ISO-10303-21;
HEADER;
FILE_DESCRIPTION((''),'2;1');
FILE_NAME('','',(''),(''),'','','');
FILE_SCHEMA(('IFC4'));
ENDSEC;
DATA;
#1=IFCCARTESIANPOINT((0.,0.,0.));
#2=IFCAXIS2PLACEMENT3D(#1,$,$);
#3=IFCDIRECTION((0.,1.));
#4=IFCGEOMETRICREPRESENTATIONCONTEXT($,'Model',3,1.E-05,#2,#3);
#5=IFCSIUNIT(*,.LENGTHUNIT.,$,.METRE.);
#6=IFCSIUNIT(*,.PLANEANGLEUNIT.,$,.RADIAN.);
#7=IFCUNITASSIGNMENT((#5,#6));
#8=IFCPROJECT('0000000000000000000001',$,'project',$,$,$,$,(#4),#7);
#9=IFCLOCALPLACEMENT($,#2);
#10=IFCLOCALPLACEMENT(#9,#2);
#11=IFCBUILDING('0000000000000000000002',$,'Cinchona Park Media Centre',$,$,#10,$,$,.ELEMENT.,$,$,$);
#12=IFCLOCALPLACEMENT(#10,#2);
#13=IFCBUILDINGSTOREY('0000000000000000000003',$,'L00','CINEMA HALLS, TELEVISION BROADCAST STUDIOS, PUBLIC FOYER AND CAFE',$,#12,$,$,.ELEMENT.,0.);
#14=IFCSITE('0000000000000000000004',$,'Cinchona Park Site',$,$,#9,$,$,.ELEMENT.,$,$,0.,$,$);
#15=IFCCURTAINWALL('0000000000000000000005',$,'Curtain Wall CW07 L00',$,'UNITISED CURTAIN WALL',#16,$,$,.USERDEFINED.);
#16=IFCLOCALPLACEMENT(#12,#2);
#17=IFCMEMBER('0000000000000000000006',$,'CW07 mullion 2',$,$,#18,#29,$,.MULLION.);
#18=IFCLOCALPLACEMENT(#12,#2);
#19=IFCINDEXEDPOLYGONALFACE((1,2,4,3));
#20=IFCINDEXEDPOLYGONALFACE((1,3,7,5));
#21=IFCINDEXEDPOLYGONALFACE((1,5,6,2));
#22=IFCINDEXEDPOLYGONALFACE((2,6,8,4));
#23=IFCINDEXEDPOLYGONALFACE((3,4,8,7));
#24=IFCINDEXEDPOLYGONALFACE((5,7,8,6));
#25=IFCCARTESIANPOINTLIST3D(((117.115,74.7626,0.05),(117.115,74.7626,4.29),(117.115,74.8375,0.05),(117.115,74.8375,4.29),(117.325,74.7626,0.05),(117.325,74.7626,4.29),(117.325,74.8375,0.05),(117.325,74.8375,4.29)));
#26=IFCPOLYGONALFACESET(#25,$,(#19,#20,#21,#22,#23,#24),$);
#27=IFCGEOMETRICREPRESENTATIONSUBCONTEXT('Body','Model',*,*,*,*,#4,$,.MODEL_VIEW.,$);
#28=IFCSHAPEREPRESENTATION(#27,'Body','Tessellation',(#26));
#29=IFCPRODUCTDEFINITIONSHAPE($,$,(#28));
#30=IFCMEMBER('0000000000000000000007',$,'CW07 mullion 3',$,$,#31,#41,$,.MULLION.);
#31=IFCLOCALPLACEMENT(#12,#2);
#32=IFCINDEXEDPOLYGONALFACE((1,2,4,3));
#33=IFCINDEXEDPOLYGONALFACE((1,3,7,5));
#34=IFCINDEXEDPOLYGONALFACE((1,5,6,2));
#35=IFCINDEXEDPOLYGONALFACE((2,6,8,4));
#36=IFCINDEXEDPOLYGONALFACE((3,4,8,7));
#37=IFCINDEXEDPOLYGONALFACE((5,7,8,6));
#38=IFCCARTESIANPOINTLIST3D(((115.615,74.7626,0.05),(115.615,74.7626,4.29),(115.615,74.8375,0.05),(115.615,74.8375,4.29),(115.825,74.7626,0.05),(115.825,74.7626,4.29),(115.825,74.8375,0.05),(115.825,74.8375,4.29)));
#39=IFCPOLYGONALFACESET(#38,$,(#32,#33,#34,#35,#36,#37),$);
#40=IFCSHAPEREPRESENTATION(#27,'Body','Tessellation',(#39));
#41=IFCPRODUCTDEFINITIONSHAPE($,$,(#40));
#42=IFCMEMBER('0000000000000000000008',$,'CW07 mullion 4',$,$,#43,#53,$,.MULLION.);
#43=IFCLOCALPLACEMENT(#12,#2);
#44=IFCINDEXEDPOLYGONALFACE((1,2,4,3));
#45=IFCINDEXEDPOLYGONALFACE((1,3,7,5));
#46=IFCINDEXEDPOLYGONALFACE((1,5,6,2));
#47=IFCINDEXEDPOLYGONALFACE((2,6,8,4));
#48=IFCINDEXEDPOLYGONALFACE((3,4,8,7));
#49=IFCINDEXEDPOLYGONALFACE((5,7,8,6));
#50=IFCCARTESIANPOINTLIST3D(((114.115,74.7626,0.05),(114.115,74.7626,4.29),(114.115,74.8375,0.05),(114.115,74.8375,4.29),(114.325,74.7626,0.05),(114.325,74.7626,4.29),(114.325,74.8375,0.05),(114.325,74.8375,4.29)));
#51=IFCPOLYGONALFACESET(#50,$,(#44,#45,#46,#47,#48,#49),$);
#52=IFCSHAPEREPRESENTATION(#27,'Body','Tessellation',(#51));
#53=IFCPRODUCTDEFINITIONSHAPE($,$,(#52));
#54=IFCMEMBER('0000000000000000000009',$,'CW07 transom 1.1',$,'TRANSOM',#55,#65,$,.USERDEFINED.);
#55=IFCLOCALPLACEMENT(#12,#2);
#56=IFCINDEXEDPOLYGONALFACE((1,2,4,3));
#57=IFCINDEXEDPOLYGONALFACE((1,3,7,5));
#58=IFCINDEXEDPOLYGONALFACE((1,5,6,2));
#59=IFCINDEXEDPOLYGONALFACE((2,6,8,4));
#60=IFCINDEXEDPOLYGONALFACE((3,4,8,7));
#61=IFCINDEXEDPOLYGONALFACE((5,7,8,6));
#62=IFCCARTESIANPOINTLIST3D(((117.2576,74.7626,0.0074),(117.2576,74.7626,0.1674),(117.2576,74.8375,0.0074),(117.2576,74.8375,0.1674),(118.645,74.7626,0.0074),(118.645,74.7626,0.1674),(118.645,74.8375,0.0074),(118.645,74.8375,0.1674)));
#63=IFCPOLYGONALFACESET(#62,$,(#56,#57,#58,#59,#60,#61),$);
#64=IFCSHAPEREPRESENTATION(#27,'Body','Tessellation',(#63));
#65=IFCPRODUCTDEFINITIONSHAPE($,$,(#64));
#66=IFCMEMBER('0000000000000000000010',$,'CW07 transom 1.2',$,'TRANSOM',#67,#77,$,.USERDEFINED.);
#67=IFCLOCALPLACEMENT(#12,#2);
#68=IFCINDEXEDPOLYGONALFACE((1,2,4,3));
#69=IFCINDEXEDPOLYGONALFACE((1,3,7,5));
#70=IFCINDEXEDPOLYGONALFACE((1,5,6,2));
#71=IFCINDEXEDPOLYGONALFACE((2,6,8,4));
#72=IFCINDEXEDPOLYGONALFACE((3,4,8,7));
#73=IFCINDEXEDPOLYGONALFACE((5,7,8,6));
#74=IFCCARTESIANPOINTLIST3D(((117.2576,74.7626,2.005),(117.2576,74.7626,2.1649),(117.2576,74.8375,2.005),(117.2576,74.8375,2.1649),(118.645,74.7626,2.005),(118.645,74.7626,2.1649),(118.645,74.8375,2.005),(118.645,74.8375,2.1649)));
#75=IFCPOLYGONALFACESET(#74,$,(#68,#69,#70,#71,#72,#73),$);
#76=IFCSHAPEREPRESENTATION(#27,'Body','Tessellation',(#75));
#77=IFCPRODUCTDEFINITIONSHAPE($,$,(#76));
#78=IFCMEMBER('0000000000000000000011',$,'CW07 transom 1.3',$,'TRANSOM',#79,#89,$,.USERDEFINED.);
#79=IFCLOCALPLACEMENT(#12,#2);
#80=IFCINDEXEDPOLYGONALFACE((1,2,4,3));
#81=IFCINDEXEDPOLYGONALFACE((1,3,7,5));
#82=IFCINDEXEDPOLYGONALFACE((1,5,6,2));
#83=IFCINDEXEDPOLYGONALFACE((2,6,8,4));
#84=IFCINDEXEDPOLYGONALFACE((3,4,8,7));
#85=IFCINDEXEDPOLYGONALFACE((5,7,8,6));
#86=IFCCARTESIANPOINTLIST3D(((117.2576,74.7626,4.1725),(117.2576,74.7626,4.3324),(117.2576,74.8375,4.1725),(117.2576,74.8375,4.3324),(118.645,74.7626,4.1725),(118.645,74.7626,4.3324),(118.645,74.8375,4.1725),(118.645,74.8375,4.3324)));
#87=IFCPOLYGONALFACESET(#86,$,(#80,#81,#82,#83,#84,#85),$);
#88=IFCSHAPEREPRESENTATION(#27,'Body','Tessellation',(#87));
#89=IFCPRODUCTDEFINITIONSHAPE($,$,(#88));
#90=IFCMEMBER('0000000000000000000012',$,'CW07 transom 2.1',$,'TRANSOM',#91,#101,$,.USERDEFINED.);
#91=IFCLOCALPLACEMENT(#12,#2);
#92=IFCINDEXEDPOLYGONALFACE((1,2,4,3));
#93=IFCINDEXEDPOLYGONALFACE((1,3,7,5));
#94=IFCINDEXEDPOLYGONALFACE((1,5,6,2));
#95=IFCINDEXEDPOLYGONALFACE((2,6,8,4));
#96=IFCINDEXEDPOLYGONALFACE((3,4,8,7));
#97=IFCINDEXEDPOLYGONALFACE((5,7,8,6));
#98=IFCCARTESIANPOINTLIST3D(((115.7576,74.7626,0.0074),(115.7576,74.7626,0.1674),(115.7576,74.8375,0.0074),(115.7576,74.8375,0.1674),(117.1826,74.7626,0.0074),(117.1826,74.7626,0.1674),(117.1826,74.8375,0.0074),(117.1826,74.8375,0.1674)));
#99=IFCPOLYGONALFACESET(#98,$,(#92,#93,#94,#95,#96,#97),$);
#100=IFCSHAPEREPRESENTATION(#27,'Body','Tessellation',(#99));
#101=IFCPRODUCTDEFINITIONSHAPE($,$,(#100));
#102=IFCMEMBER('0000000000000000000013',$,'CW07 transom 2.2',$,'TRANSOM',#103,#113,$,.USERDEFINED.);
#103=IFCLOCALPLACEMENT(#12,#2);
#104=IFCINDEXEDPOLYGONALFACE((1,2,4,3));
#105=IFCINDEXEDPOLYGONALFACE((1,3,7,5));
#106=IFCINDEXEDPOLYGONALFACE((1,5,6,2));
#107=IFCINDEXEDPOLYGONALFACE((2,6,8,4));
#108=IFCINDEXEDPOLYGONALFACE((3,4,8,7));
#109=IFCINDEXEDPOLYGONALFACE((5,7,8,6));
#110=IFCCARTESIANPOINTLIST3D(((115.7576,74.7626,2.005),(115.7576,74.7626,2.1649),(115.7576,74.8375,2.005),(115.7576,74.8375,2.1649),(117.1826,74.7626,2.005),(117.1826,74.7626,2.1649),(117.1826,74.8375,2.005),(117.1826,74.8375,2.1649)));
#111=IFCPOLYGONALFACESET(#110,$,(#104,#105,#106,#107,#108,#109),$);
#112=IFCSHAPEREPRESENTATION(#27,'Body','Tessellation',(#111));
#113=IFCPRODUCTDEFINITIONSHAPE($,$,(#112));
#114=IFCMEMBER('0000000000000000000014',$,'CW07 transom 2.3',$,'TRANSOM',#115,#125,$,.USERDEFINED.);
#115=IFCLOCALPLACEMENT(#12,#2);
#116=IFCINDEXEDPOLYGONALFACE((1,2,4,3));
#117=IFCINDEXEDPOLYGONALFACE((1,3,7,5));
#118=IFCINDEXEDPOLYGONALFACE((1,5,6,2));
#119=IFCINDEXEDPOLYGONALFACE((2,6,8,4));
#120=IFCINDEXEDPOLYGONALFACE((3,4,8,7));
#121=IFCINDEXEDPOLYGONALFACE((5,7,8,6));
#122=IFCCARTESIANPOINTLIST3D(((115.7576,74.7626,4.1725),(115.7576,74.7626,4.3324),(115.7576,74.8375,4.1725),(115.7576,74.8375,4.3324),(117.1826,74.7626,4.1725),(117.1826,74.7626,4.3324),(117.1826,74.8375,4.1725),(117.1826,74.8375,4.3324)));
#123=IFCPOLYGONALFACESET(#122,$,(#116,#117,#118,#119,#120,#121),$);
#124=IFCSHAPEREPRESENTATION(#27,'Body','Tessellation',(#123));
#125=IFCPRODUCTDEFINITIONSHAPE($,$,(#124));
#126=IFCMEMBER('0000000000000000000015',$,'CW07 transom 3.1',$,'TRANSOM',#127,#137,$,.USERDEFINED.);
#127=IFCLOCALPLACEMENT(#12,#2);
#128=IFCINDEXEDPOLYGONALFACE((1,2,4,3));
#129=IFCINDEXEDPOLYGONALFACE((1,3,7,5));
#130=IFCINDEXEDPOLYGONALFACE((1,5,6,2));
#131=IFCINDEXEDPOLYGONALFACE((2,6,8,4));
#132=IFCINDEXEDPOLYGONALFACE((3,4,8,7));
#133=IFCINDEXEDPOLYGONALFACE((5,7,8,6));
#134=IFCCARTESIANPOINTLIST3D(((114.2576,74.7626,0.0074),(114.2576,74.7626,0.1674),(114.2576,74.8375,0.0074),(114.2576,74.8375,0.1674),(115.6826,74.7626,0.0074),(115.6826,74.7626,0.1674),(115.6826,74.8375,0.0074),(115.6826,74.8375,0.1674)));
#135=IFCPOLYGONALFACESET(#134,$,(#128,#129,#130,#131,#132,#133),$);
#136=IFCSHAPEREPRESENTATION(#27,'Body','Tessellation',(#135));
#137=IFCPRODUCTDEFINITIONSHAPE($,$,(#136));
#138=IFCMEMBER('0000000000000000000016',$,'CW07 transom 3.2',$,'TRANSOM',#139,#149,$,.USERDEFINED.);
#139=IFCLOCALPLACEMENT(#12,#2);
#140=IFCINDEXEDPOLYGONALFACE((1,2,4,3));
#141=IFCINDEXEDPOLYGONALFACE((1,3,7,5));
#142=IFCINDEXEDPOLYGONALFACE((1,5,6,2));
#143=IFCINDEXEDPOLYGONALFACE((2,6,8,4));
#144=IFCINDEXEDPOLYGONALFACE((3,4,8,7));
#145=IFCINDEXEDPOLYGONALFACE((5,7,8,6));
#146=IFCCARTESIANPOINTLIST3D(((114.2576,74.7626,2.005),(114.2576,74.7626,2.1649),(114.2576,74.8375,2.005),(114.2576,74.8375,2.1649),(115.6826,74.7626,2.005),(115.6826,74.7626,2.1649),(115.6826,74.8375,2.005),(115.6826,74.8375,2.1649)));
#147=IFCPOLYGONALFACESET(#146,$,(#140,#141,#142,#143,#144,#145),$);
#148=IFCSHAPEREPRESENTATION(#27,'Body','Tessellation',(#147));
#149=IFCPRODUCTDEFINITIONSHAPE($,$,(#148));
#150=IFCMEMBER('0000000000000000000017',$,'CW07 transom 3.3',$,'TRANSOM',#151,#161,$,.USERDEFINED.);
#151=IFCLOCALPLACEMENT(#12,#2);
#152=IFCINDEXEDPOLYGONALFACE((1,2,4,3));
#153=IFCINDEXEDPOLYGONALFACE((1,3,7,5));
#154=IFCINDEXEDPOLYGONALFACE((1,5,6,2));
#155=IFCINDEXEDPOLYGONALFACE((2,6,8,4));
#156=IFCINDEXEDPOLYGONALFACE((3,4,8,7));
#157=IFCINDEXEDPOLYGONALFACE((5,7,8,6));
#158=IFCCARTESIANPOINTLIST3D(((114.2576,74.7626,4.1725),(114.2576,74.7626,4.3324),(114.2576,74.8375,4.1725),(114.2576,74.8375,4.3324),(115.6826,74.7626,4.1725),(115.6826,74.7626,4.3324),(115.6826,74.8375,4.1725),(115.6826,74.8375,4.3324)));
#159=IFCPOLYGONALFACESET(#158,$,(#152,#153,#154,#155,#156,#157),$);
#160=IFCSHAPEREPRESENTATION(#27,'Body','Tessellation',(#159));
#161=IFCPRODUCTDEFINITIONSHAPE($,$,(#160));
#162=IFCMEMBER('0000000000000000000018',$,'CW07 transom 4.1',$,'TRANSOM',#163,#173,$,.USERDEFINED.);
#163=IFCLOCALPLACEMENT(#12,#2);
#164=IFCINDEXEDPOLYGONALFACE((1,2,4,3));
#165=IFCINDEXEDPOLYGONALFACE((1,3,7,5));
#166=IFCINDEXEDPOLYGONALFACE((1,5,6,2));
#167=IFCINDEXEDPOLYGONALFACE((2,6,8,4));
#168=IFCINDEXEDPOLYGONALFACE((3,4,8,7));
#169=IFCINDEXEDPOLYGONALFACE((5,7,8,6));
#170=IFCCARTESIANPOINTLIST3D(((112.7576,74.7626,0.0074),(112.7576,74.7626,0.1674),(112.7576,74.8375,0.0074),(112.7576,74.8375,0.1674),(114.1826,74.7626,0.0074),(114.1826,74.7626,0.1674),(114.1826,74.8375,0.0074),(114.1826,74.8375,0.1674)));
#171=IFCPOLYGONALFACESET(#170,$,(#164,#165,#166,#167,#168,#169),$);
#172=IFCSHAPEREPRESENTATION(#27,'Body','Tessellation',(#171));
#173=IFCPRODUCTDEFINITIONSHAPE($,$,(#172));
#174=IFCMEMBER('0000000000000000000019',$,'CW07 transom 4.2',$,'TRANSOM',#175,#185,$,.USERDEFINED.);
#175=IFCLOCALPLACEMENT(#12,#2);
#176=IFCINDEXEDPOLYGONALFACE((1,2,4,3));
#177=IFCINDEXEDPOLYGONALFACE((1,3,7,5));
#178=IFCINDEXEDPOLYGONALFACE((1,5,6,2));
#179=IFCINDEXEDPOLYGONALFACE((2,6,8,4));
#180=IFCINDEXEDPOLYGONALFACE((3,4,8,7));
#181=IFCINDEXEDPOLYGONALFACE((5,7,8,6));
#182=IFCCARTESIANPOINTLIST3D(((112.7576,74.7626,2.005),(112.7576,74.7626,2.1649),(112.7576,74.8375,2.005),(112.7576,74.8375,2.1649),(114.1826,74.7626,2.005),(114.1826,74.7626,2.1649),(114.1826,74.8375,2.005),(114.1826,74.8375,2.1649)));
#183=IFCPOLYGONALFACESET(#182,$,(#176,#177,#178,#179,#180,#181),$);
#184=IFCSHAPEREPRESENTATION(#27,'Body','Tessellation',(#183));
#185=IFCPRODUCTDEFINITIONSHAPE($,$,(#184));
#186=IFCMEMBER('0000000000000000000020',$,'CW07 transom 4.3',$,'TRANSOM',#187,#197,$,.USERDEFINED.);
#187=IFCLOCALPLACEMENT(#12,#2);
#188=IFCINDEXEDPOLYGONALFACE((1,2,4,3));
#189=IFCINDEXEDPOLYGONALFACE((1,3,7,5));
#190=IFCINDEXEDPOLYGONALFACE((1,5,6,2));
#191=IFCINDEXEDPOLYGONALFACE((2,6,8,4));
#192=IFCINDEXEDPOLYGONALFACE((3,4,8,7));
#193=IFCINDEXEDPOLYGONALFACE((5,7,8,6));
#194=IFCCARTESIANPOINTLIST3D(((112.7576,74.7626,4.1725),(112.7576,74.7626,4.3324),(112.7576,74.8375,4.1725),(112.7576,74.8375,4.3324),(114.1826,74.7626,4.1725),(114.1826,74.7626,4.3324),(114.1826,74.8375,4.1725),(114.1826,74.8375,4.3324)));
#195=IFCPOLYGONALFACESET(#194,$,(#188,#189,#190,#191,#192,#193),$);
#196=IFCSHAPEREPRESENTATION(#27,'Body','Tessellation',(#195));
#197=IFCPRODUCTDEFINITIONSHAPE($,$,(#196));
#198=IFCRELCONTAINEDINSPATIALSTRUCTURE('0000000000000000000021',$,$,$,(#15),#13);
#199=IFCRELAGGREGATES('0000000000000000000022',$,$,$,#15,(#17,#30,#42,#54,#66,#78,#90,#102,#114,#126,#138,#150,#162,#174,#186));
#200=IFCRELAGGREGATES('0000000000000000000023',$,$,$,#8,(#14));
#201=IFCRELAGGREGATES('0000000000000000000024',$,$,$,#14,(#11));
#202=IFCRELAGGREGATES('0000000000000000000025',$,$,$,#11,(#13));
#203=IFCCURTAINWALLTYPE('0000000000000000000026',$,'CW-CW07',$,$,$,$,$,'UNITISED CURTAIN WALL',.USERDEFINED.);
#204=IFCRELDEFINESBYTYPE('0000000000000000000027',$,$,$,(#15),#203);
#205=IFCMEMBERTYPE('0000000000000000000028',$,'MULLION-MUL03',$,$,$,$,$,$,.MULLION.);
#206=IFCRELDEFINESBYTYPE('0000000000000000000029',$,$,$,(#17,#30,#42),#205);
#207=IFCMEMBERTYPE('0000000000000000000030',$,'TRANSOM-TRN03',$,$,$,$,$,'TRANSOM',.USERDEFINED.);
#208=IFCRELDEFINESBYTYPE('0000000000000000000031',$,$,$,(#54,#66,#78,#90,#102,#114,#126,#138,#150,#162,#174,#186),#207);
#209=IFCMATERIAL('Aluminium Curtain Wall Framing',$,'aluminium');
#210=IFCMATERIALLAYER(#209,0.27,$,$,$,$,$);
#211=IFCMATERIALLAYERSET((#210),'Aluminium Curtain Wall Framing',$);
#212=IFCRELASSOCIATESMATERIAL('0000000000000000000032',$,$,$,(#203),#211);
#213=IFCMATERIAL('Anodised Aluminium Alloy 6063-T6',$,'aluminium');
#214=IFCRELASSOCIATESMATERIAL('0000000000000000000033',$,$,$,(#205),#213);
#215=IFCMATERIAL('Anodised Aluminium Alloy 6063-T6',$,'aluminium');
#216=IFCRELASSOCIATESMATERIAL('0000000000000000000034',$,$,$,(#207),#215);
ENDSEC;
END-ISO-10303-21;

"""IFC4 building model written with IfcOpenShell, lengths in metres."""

from ifc_helpers import new_model, si_unit, direction, frame, origin, origin_2d, place, context, subcontext, project, spatial, rectangle, extrude, material, layer, layer_set, material_profile, profile_set, type_object, element, aggregate, save


model = new_model("IFC4")

# Units and contexts
model_context = context("Model", 3, precision=1e-05, world=origin(), true_north=direction((0.0, 1.0)))
body_context = subcontext(model_context, "Body", "Model", "MODEL_VIEW")
ifc_project = project(units=[si_unit("LENGTHUNIT", "METRE"), si_unit("PLANEANGLEUNIT", "RADIAN")], contexts=[model_context])

# Site, building, storey
site_placement = place(None, origin())
site = spatial("IfcSite", under=ifc_project, at=site_placement, Name="Cinchona Park Site", CompositionType="ELEMENT", RefElevation=0.0)
building_placement = place(site_placement, origin())
building = spatial("IfcBuilding", under=site, at=building_placement, Name="Cinchona Park Media Centre", CompositionType="ELEMENT")
storey_placement = place(building_placement, origin())
storey = spatial("IfcBuildingStorey", under=building, at=storey_placement, Name="L00", Description="CINEMA HALLS, TELEVISION BROADCAST STUDIOS, PUBLIC FOYER AND CAFE", CompositionType="ELEMENT", Elevation=0.0)

# Curtain wall, members
ifc_material_1 = material(Name="Aluminium Curtain Wall Framing", Category="aluminium")
ifc_layer_1 = layer(ifc_material_1, 0.27)
ifc_layer_set_1 = layer_set([ifc_layer_1], Name="Aluminium Curtain Wall Framing")
curtain_wall_type = type_object("IfcCurtainWallType", Name="CW-CW07", ElementType="UNITISED CURTAIN WALL", PredefinedType="USERDEFINED", material=ifc_layer_set_1)
curtain_wall_placement = place(storey_placement, origin())
curtain_wall = element("IfcCurtainWall", 1, at=curtain_wall_placement, inside=storey, type_object=curtain_wall_type, Name="Curtain Wall CW07 L00", ObjectType="UNITISED CURTAIN WALL", PredefinedType="USERDEFINED")
ifc_material_2 = material(Name="Anodised Aluminium Alloy 6063-T6", Category="aluminium")
ifc_material_profile_1 = material_profile(ifc_material_2, rectangle(XDim=0.075, YDim=0.21, at=origin_2d()), Name="MUL-75X210")
ifc_profile_set_1 = profile_set([ifc_material_profile_1], Name="Anodised Aluminium Alloy 6063-T6")
member_type_1 = type_object("IfcMemberType", Name="MULLION-MUL03", PredefinedType="MULLION", material=ifc_profile_set_1)
member_1_placement = place(storey_placement, frame((117.22, 74.8, 0.05), z_axis=(0.0, 0.0, 1.0), x_axis=(0.0, -1.0, 0.0)))
member_1 = element("IfcMember", 2, at=member_1_placement, type_object=member_type_1, Name="CW07 mullion 2", PredefinedType="MULLION", context=body_context, shape_type="SweptSolid", body=[
    extrude(rectangle(XDim=0.075, YDim=0.21, at=origin_2d()), origin(), (0.0, 0.0, 1.0), 4.24),
])
member_2_placement = place(storey_placement, frame((115.72, 74.8, 0.05), z_axis=(0.0, 0.0, 1.0), x_axis=(0.0, -1.0, 0.0)))
member_2 = element("IfcMember", 3, at=member_2_placement, type_object=member_type_1, Name="CW07 mullion 3", PredefinedType="MULLION", context=body_context, shape_type="SweptSolid", body=[
    extrude(rectangle(XDim=0.075, YDim=0.21, at=origin_2d()), origin(), (0.0, 0.0, 1.0), 4.24),
])
member_3_placement = place(storey_placement, frame((114.22, 74.8, 0.05), z_axis=(0.0, 0.0, 1.0), x_axis=(0.0, -1.0, 0.0)))
member_3 = element("IfcMember", 4, at=member_3_placement, type_object=member_type_1, Name="CW07 mullion 4", PredefinedType="MULLION", context=body_context, shape_type="SweptSolid", body=[
    extrude(rectangle(XDim=0.075, YDim=0.21, at=origin_2d()), origin(), (0.0, 0.0, 1.0), 4.24),
])
ifc_material_3 = material(Name="Anodised Aluminium Alloy 6063-T6", Category="aluminium")
ifc_material_profile_2 = material_profile(ifc_material_3, rectangle(XDim=0.075, YDim=0.1599, at=origin_2d()), Name="TRN-75X160")
ifc_profile_set_2 = profile_set([ifc_material_profile_2], Name="Anodised Aluminium Alloy 6063-T6")
member_type_2 = type_object("IfcMemberType", Name="TRANSOM-TRN03", ElementType="TRANSOM", PredefinedType="USERDEFINED", material=ifc_profile_set_2)
member_4_placement = place(storey_placement, frame((118.645, 74.8, 0.0874), z_axis=(-1.0, 0.0, 0.0), x_axis=(0.0, -1.0, 0.0)))
member_4 = element("IfcMember", 5, at=member_4_placement, type_object=member_type_2, Name="CW07 transom 1.1", ObjectType="TRANSOM", PredefinedType="USERDEFINED", context=body_context, shape_type="SweptSolid", body=[
    extrude(rectangle(XDim=0.075, YDim=0.1599, at=origin_2d()), origin(), (0.0, 0.0, 1.0), 1.3875),
])
member_5_placement = place(storey_placement, frame((118.645, 74.8, 2.085), z_axis=(-1.0, 0.0, 0.0), x_axis=(0.0, -1.0, 0.0)))
member_5 = element("IfcMember", 6, at=member_5_placement, type_object=member_type_2, Name="CW07 transom 1.2", ObjectType="TRANSOM", PredefinedType="USERDEFINED", context=body_context, shape_type="SweptSolid", body=[
    extrude(rectangle(XDim=0.075, YDim=0.1599, at=origin_2d()), origin(), (0.0, 0.0, 1.0), 1.3875),
])
member_6_placement = place(storey_placement, frame((118.645, 74.8, 4.2524), z_axis=(-1.0, 0.0, 0.0), x_axis=(0.0, -1.0, 0.0)))
member_6 = element("IfcMember", 7, at=member_6_placement, type_object=member_type_2, Name="CW07 transom 1.3", ObjectType="TRANSOM", PredefinedType="USERDEFINED", context=body_context, shape_type="SweptSolid", body=[
    extrude(rectangle(XDim=0.075, YDim=0.1599, at=origin_2d()), origin(), (0.0, 0.0, 1.0), 1.3875),
])
member_7_placement = place(storey_placement, frame((117.1826, 74.8, 0.0874), z_axis=(-1.0, 0.0, 0.0), x_axis=(0.0, -1.0, 0.0)))
member_7 = element("IfcMember", 8, at=member_7_placement, type_object=member_type_2, Name="CW07 transom 2.1", ObjectType="TRANSOM", PredefinedType="USERDEFINED", context=body_context, shape_type="SweptSolid", body=[
    extrude(rectangle(XDim=0.075, YDim=0.1599, at=origin_2d()), origin(), (0.0, 0.0, 1.0), 1.425),
])
member_8_placement = place(storey_placement, frame((117.1826, 74.8, 2.085), z_axis=(-1.0, 0.0, 0.0), x_axis=(0.0, -1.0, 0.0)))
member_8 = element("IfcMember", 9, at=member_8_placement, type_object=member_type_2, Name="CW07 transom 2.2", ObjectType="TRANSOM", PredefinedType="USERDEFINED", context=body_context, shape_type="SweptSolid", body=[
    extrude(rectangle(XDim=0.075, YDim=0.1599, at=origin_2d()), origin(), (0.0, 0.0, 1.0), 1.425),
])
member_9_placement = place(storey_placement, frame((117.1826, 74.8, 4.2524), z_axis=(-1.0, 0.0, 0.0), x_axis=(0.0, -1.0, 0.0)))
member_9 = element("IfcMember", 10, at=member_9_placement, type_object=member_type_2, Name="CW07 transom 2.3", ObjectType="TRANSOM", PredefinedType="USERDEFINED", context=body_context, shape_type="SweptSolid", body=[
    extrude(rectangle(XDim=0.075, YDim=0.1599, at=origin_2d()), origin(), (0.0, 0.0, 1.0), 1.425),
])
member_10_placement = place(storey_placement, frame((115.6826, 74.8, 0.0874), z_axis=(-1.0, 0.0, 0.0), x_axis=(0.0, -1.0, 0.0)))
member_10 = element("IfcMember", 11, at=member_10_placement, type_object=member_type_2, Name="CW07 transom 3.1", ObjectType="TRANSOM", PredefinedType="USERDEFINED", context=body_context, shape_type="SweptSolid", body=[
    extrude(rectangle(XDim=0.075, YDim=0.1599, at=origin_2d()), origin(), (0.0, 0.0, 1.0), 1.425),
])
member_11_placement = place(storey_placement, frame((115.6826, 74.8, 2.085), z_axis=(-1.0, 0.0, 0.0), x_axis=(0.0, -1.0, 0.0)))
member_11 = element("IfcMember", 12, at=member_11_placement, type_object=member_type_2, Name="CW07 transom 3.2", ObjectType="TRANSOM", PredefinedType="USERDEFINED", context=body_context, shape_type="SweptSolid", body=[
    extrude(rectangle(XDim=0.075, YDim=0.1599, at=origin_2d()), origin(), (0.0, 0.0, 1.0), 1.425),
])
member_12_placement = place(storey_placement, frame((115.6826, 74.8, 4.2524), z_axis=(-1.0, 0.0, 0.0), x_axis=(0.0, -1.0, 0.0)))
member_12 = element("IfcMember", 13, at=member_12_placement, type_object=member_type_2, Name="CW07 transom 3.3", ObjectType="TRANSOM", PredefinedType="USERDEFINED", context=body_context, shape_type="SweptSolid", body=[
    extrude(rectangle(XDim=0.075, YDim=0.1599, at=origin_2d()), origin(), (0.0, 0.0, 1.0), 1.425),
])
member_13_placement = place(storey_placement, frame((114.1826, 74.8, 0.0874), z_axis=(-1.0, 0.0, 0.0), x_axis=(0.0, -1.0, 0.0)))
member_13 = element("IfcMember", 14, at=member_13_placement, type_object=member_type_2, Name="CW07 transom 4.1", ObjectType="TRANSOM", PredefinedType="USERDEFINED", context=body_context, shape_type="SweptSolid", body=[
    extrude(rectangle(XDim=0.075, YDim=0.1599, at=origin_2d()), origin(), (0.0, 0.0, 1.0), 1.425),
])
member_14_placement = place(storey_placement, frame((114.1826, 74.8, 2.085), z_axis=(-1.0, 0.0, 0.0), x_axis=(0.0, -1.0, 0.0)))
member_14 = element("IfcMember", 15, at=member_14_placement, type_object=member_type_2, Name="CW07 transom 4.2", ObjectType="TRANSOM", PredefinedType="USERDEFINED", context=body_context, shape_type="SweptSolid", body=[
    extrude(rectangle(XDim=0.075, YDim=0.1599, at=origin_2d()), origin(), (0.0, 0.0, 1.0), 1.425),
])
member_15_placement = place(storey_placement, frame((114.1826, 74.8, 4.2524), z_axis=(-1.0, 0.0, 0.0), x_axis=(0.0, -1.0, 0.0)))
member_15 = element("IfcMember", 16, at=member_15_placement, type_object=member_type_2, Name="CW07 transom 4.3", ObjectType="TRANSOM", PredefinedType="USERDEFINED", context=body_context, shape_type="SweptSolid", body=[
    extrude(rectangle(XDim=0.075, YDim=0.1599, at=origin_2d()), origin(), (0.0, 0.0, 1.0), 1.425),
])
aggregate(curtain_wall, [member_1, member_2, member_3, member_4, member_5, member_6, member_7, member_8, member_9, member_10, member_11, member_12, member_13, member_14, member_15])

save(model, "model.ifc")
